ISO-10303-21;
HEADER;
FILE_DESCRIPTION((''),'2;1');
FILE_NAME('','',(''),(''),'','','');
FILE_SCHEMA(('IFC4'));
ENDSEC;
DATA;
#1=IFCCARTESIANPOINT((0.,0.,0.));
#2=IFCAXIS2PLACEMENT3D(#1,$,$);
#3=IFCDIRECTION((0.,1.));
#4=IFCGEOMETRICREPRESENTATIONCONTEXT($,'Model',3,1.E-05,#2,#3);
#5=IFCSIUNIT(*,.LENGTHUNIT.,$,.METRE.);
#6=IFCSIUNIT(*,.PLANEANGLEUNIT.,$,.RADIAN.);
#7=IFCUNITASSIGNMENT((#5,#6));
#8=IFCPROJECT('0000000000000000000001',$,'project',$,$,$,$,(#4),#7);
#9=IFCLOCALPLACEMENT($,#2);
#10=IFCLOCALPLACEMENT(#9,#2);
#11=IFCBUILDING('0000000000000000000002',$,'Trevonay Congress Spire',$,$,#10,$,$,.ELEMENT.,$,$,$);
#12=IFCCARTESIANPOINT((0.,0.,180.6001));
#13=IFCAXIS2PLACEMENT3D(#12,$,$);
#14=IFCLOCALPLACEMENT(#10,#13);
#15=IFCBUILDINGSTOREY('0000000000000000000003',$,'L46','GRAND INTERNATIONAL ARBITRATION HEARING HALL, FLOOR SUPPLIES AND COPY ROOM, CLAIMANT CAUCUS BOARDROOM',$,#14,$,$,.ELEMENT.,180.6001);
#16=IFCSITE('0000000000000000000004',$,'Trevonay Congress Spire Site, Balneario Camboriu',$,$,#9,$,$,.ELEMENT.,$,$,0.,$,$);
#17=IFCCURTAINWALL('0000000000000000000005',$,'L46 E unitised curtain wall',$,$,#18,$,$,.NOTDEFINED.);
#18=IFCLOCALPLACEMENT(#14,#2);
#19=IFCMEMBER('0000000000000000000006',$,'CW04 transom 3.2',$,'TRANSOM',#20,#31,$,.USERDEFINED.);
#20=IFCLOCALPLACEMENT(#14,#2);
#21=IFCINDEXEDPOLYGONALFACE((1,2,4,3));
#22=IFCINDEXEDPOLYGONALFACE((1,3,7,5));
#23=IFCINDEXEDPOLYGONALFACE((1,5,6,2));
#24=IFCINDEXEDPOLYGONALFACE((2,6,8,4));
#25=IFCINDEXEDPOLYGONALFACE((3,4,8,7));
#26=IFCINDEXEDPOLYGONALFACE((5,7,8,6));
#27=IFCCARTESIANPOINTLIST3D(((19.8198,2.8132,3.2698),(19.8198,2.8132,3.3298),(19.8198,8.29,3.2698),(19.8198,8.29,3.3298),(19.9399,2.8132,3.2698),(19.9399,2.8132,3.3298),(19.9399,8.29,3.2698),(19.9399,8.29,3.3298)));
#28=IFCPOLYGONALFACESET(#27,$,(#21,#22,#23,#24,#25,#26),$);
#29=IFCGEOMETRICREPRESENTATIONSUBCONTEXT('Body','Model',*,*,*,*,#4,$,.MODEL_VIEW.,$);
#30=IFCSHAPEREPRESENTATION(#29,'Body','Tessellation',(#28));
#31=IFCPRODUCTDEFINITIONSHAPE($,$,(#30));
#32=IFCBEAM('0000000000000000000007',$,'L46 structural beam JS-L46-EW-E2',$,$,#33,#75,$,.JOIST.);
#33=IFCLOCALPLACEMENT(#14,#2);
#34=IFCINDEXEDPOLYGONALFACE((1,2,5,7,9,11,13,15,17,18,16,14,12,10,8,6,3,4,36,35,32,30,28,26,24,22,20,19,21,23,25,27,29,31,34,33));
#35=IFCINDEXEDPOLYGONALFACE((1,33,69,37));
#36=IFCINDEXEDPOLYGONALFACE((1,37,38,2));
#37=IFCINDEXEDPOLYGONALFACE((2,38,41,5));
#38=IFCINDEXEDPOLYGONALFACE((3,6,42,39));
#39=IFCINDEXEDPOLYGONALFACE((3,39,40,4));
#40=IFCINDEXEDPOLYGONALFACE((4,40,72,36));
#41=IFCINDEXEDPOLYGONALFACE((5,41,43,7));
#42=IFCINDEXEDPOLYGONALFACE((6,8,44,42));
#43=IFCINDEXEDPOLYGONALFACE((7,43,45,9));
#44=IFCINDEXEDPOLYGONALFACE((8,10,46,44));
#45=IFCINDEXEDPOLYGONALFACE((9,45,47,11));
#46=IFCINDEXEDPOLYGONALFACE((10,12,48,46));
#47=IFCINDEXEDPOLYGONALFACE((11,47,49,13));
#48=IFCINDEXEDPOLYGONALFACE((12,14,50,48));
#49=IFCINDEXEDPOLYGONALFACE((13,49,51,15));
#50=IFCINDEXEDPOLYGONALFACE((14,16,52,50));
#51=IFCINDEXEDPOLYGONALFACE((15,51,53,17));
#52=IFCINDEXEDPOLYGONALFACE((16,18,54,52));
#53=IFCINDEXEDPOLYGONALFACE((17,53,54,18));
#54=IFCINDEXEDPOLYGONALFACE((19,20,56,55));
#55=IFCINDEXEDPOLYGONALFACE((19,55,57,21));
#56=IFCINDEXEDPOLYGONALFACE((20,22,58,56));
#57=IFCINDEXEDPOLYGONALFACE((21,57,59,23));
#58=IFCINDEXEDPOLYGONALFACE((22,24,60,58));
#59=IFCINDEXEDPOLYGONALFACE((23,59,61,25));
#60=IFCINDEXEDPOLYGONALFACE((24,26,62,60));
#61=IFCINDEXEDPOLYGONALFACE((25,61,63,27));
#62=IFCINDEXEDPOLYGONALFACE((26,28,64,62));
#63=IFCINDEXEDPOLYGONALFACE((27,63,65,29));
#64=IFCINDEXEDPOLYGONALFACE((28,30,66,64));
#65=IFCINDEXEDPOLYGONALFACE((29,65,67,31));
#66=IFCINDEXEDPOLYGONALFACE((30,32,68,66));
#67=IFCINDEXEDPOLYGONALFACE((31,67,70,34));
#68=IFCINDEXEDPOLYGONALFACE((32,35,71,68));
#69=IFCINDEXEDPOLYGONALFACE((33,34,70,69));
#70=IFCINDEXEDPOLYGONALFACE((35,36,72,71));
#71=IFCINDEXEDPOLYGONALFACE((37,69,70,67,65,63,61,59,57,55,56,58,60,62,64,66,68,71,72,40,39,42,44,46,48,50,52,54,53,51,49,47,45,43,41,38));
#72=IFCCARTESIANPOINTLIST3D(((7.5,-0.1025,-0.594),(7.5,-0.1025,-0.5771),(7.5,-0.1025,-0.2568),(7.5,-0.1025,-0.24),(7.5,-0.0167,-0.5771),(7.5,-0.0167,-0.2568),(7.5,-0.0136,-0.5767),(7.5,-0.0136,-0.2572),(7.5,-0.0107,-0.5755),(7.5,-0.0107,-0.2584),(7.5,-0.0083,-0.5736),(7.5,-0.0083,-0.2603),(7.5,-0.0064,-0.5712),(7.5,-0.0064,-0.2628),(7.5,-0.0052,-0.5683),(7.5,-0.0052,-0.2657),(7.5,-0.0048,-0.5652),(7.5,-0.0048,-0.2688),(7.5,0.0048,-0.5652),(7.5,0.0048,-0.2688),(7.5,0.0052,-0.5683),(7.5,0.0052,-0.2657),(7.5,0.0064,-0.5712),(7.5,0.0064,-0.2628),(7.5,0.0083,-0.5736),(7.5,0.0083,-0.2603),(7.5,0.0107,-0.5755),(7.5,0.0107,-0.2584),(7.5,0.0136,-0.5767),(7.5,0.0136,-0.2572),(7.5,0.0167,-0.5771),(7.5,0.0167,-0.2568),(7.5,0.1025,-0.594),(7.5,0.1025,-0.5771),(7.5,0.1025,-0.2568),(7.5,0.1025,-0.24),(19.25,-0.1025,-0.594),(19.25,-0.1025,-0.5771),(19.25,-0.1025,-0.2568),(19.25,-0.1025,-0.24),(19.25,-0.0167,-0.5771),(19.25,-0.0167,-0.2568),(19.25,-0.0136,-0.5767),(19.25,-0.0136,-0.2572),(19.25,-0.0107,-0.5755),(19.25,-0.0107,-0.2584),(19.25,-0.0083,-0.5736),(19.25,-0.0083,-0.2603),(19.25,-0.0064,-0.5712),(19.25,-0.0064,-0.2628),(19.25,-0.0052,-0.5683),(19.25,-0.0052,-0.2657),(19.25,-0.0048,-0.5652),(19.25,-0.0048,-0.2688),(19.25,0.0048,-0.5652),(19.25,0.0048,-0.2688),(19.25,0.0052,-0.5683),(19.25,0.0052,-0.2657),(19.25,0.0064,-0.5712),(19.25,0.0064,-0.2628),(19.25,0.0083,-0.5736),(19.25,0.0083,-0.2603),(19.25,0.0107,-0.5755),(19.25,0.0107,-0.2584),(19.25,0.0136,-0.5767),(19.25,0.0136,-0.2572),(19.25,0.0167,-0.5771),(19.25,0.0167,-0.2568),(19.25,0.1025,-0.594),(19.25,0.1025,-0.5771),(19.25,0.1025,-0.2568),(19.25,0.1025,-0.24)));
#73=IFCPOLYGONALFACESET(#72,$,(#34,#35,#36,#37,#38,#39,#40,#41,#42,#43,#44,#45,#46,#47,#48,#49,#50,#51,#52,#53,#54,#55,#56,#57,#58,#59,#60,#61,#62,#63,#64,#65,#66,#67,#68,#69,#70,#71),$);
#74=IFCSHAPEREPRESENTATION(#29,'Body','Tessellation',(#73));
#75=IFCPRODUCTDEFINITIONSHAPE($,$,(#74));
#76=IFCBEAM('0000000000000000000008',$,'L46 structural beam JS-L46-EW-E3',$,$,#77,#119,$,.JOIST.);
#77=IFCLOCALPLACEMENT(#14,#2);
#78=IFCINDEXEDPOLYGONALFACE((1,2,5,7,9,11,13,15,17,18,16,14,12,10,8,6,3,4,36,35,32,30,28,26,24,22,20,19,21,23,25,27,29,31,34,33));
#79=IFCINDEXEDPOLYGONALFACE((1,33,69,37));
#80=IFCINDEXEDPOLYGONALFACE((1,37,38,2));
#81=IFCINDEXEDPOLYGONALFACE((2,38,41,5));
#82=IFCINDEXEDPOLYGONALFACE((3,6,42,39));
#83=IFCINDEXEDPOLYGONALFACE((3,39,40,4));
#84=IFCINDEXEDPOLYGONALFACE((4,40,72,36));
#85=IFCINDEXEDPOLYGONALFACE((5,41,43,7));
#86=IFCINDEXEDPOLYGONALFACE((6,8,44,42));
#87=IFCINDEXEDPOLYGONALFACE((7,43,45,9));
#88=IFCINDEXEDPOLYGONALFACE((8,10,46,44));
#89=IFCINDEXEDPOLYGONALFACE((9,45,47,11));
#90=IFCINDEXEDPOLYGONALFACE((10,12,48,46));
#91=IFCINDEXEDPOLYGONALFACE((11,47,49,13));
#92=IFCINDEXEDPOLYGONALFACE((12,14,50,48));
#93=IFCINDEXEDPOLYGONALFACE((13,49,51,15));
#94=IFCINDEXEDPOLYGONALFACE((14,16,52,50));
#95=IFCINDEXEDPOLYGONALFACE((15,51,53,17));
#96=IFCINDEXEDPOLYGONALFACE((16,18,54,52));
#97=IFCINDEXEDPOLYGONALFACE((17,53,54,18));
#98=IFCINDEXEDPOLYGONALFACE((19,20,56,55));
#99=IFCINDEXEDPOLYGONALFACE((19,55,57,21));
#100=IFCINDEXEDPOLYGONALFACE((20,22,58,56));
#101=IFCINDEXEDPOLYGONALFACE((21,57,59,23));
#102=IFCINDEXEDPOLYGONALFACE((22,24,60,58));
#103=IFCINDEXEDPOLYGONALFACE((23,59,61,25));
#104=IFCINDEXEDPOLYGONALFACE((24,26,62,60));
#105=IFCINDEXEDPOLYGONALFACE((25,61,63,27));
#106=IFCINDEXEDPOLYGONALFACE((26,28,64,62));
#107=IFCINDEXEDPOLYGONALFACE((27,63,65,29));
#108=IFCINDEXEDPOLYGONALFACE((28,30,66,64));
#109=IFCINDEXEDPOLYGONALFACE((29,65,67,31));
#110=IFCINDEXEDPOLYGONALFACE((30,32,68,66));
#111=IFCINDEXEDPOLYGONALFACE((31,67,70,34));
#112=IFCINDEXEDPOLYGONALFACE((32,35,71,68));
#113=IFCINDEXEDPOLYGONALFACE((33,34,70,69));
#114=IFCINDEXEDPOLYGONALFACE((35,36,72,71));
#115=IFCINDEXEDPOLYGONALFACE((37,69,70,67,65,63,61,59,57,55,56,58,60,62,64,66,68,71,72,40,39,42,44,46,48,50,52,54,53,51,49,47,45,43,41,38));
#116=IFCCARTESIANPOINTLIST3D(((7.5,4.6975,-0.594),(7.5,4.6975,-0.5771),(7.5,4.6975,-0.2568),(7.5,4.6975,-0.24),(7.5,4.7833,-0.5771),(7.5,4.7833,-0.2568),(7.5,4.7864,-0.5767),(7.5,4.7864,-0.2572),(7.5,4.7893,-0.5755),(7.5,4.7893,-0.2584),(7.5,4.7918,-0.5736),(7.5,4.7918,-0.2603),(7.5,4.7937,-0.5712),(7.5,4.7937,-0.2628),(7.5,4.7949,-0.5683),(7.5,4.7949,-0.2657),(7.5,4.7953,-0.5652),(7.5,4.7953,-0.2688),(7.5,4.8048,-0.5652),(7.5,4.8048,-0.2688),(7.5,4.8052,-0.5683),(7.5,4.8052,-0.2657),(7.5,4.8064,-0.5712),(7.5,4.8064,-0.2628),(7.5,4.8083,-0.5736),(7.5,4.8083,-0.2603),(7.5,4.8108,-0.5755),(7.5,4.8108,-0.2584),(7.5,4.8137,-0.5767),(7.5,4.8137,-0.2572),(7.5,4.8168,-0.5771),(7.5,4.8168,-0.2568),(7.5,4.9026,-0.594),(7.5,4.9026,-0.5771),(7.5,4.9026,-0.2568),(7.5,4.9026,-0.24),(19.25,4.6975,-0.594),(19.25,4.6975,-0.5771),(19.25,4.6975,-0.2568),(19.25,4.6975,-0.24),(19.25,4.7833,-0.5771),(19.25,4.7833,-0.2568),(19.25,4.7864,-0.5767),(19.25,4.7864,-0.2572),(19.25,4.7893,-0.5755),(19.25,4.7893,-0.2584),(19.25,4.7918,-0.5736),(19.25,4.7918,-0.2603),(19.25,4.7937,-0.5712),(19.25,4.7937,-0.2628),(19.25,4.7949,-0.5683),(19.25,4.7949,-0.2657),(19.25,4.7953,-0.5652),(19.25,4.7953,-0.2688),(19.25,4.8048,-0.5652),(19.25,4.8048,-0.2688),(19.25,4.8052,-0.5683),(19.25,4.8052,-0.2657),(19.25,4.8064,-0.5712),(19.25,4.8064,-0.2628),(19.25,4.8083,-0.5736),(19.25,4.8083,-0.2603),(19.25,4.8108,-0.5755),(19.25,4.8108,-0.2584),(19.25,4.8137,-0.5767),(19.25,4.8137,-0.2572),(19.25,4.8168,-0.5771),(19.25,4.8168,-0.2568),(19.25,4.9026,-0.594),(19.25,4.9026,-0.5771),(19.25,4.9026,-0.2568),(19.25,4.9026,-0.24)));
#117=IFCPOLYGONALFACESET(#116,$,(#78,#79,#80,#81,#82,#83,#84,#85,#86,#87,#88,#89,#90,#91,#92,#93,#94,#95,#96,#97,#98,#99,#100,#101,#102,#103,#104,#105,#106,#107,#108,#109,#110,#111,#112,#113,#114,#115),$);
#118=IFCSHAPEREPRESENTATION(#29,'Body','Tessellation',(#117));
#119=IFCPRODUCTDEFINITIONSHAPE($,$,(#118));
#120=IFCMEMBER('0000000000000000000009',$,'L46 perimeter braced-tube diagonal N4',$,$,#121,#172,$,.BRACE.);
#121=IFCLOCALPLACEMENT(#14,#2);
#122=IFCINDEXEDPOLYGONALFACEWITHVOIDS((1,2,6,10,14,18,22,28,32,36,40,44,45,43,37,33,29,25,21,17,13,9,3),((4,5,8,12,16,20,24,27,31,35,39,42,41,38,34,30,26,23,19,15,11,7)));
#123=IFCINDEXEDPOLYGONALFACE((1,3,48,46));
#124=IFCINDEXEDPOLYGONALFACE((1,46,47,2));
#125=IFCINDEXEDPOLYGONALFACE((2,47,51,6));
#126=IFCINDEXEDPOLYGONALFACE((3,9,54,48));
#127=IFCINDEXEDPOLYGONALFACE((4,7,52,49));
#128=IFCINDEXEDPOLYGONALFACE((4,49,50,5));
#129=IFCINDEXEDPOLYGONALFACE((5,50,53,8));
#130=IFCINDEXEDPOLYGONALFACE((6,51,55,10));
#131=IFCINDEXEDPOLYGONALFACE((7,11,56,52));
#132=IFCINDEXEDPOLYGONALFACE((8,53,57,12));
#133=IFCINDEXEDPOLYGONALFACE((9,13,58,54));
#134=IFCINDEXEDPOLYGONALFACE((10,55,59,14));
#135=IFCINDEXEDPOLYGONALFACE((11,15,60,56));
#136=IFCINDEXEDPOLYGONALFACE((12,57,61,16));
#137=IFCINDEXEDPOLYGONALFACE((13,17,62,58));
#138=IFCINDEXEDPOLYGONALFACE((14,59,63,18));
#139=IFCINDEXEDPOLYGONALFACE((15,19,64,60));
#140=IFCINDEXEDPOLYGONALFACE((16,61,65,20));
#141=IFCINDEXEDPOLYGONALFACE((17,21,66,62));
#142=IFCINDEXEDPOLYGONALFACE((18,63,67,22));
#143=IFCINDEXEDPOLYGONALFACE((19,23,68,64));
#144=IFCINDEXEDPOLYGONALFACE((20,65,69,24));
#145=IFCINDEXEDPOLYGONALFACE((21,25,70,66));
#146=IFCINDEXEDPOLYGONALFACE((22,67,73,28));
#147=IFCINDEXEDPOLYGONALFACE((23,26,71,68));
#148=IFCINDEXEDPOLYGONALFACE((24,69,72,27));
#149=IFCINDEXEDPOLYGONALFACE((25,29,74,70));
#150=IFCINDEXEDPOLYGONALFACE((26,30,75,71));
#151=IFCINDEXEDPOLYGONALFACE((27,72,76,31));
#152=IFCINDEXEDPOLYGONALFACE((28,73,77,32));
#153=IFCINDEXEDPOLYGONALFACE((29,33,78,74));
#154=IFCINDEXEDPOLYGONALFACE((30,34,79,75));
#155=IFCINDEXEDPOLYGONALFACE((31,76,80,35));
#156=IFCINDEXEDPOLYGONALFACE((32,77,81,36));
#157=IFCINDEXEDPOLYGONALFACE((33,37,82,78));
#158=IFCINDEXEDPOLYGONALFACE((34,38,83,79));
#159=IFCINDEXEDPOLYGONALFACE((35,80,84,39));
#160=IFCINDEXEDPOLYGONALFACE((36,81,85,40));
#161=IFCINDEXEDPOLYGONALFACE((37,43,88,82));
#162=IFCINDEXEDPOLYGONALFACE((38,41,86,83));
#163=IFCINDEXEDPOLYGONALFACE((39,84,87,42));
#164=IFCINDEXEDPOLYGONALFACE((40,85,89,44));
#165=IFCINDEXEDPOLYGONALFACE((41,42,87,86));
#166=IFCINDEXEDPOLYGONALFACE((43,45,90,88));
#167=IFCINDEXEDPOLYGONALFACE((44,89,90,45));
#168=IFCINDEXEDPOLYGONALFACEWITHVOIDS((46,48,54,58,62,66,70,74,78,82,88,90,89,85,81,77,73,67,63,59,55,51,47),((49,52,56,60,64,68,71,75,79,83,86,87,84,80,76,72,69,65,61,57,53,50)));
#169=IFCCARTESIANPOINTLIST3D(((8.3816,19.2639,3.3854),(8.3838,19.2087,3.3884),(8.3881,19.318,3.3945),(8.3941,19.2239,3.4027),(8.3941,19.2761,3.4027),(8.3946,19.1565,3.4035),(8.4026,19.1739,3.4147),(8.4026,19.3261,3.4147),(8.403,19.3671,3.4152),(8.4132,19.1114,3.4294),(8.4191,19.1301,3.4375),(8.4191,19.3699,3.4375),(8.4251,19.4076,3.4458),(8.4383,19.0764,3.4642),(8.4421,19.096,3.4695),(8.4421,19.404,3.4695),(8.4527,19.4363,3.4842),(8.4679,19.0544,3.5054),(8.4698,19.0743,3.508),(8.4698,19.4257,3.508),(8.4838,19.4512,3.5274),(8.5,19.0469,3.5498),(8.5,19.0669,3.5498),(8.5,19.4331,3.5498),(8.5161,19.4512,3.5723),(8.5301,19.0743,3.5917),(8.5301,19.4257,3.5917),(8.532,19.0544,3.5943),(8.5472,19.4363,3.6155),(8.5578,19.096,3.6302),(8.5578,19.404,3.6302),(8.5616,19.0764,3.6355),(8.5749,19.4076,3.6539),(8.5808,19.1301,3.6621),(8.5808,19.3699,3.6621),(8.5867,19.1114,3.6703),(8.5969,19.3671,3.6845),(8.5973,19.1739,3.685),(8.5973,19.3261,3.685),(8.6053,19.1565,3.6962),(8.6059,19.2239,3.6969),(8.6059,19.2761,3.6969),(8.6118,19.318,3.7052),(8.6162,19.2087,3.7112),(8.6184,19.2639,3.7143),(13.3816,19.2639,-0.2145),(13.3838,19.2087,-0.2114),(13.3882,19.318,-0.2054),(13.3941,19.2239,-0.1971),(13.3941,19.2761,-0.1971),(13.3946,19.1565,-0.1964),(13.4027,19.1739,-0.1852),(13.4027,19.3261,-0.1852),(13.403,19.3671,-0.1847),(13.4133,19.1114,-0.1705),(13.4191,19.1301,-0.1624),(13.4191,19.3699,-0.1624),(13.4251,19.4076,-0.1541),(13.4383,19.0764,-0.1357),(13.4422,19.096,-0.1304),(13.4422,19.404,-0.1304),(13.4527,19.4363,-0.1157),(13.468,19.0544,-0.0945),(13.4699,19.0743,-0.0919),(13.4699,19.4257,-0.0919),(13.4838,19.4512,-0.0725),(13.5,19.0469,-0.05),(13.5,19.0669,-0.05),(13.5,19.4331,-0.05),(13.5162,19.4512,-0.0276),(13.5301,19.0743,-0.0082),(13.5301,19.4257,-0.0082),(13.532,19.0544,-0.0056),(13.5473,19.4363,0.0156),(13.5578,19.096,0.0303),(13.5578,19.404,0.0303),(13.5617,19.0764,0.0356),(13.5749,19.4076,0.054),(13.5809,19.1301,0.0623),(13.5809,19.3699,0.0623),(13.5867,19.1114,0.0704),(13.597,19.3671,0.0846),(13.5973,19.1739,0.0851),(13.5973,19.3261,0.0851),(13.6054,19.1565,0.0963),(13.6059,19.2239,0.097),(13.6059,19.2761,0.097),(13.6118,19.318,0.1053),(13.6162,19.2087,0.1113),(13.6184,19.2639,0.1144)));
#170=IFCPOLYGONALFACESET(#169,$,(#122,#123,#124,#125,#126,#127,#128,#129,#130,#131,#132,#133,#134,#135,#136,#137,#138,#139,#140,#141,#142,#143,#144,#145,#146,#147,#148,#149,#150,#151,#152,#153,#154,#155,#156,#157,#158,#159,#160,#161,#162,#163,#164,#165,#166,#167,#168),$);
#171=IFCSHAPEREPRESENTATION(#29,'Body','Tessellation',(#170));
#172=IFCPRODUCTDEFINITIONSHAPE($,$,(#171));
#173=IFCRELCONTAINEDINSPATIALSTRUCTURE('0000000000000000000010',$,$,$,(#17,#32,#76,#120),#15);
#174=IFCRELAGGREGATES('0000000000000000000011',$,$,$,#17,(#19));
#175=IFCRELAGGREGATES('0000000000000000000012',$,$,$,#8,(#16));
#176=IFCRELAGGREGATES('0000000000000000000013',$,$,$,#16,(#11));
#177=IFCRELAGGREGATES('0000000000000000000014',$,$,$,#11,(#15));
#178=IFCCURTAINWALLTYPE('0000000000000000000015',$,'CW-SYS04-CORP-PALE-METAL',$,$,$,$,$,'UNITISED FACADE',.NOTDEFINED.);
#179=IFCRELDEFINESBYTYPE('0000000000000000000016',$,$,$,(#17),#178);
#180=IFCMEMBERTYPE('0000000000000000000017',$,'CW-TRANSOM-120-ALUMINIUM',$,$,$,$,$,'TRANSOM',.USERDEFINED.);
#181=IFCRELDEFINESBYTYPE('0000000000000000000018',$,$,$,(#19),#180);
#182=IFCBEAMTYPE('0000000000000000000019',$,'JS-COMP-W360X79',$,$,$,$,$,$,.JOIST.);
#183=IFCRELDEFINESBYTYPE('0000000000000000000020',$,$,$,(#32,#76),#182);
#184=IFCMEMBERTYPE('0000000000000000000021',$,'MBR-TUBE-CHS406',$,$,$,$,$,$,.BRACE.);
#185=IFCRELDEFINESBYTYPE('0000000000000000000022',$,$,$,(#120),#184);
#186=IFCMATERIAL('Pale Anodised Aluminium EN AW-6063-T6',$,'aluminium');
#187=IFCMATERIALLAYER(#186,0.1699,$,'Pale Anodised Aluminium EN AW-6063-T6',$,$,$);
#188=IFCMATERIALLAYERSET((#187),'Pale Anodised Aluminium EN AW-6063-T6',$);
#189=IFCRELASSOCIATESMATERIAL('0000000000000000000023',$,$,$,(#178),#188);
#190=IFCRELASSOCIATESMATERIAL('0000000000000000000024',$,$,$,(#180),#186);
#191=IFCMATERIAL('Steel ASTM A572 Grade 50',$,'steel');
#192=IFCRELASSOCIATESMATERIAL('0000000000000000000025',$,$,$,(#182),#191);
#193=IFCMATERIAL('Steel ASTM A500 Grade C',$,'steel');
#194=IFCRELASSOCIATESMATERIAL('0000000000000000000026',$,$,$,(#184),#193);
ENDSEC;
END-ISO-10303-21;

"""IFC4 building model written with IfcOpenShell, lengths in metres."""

from ifc_helpers import new_model, si_unit, direction, frame, origin, origin_2d, place, context, subcontext, project, spatial, rectangle, hollow_circle, i_section, extrude, material, layer, layer_set, material_profile, profile_set, type_object, element, aggregate, save


model = new_model("IFC4")

# Units and contexts
model_context = context("Model", 3, precision=1e-05, world=origin(), true_north=direction((0.0, 1.0)))
body_context = subcontext(model_context, "Body", "Model", "MODEL_VIEW")
ifc_project = project(units=[si_unit("LENGTHUNIT", "METRE"), si_unit("PLANEANGLEUNIT", "RADIAN")], contexts=[model_context])

# Site, building, storey
site_placement = place(None, origin())
site = spatial("IfcSite", under=ifc_project, at=site_placement, Name="Trevonay Congress Spire Site, Balneario Camboriu", CompositionType="ELEMENT", RefElevation=0.0)
building_placement = place(site_placement, origin())
building = spatial("IfcBuilding", under=site, at=building_placement, Name="Trevonay Congress Spire", CompositionType="ELEMENT")
storey_placement = place(building_placement, frame((0.0, 0.0, 180.6001)))
storey = spatial("IfcBuildingStorey", under=building, at=storey_placement, Name="L46", Description="GRAND INTERNATIONAL ARBITRATION HEARING HALL, FLOOR SUPPLIES AND COPY ROOM, CLAIMANT CAUCUS BOARDROOM", CompositionType="ELEMENT", Elevation=180.6001)

# Shared definitions
ifc_material_1 = material(Name="Steel ASTM A572 Grade 50", Category="steel")

# Shared definitions
ifc_material_2 = material(Name="Pale Anodised Aluminium EN AW-6063-T6", Category="aluminium")
ifc_layer_1 = layer(ifc_material_2, 0.1699, Name="Pale Anodised Aluminium EN AW-6063-T6")
ifc_layer_set_1 = layer_set([ifc_layer_1], Name="Pale Anodised Aluminium EN AW-6063-T6")
curtain_wall_type = type_object("IfcCurtainWallType", Name="CW-SYS04-CORP-PALE-METAL", ElementType="UNITISED FACADE", PredefinedType="NOTDEFINED", material=ifc_layer_set_1)

# Curtain wall, member
curtain_wall_1_placement = place(storey_placement, origin())
curtain_wall_1 = element("IfcCurtainWall", 1, at=curtain_wall_1_placement, inside=storey, type_object=curtain_wall_type, Name="L46 E unitised curtain wall", PredefinedType="NOTDEFINED")
ifc_material_profile_1 = material_profile(ifc_material_2, rectangle(XDim=0.1201, YDim=0.0601, at=origin_2d()), Name="CW-TRANSOM-120-ALUMINIUM")
ifc_profile_set_1 = profile_set([ifc_material_profile_1], Name="Pale Anodised Aluminium EN AW-6063-T6")
member_type_1 = type_object("IfcMemberType", Name="CW-TRANSOM-120-ALUMINIUM", ElementType="TRANSOM", PredefinedType="USERDEFINED", material=ifc_profile_set_1)
member_1_placement = place(storey_placement, frame((19.8799, 2.8132, 3.2998), z_axis=(0.0, 1.0, 0.0), x_axis=(-1.0, 0.0, 0.0)))
member_1 = element("IfcMember", 2, at=member_1_placement, type_object=member_type_1, Name="CW04 transom 3.2", ObjectType="TRANSOM", PredefinedType="USERDEFINED", context=body_context, shape_type="SweptSolid", body=[
    extrude(rectangle(XDim=0.1201, YDim=0.0601, at=origin_2d()), origin(), (0.0, 0.0, 1.0), 5.4768),
])

# Beams
ifc_material_profile_2 = material_profile(ifc_material_1, i_section(OverallWidth=0.2051, OverallDepth=0.354, WebThickness=0.0095, FlangeThickness=0.0168, FilletRadius=0.012, at=origin_2d()), Name="W360x79")
ifc_profile_set_2 = profile_set([ifc_material_profile_2], Name="Steel ASTM A572 Grade 50")
beam_type_1 = type_object("IfcBeamType", Name="JS-COMP-W360X79", PredefinedType="JOIST", material=ifc_profile_set_2)
for number, where, z_axis, x_axis, name in (
    (3, (7.5, 0.0, -0.417), (1.0, 0.0, 0.0), (0.0, 1.0, 0.0), "L46 structural beam JS-L46-EW-E2"),
    (4, (7.5, 4.8, -0.417), (1.0, 0.0, 0.0), (0.0, 1.0, 0.0), "L46 structural beam JS-L46-EW-E3"),
):
    element("IfcBeam", number, at=place(storey_placement, frame(where, z_axis=z_axis, x_axis=x_axis)), inside=storey, type_object=beam_type_1, Name=name, PredefinedType="JOIST", context=body_context, shape_type="SweptSolid", body=[
        extrude(i_section(OverallWidth=0.2051, OverallDepth=0.354, WebThickness=0.0095, FlangeThickness=0.0168, FilletRadius=0.012, at=origin_2d()), origin(), (0.0, 0.0, 1.0), 11.75),
    ])

# Member
ifc_material_3 = material(Name="Steel ASTM A500 Grade C", Category="steel")
ifc_material_profile_3 = material_profile(ifc_material_3, hollow_circle(Radius=0.2031, WallThickness=0.02, at=origin_2d()), Name="CHS 406.4x20")
ifc_profile_set_3 = profile_set([ifc_material_profile_3], Name="Steel ASTM A500 Grade C")
member_type_2 = type_object("IfcMemberType", Name="MBR-TUBE-CHS406", PredefinedType="BRACE", material=ifc_profile_set_3)
for number, where, z_axis, x_axis, name in (
    (5, (13.5, 19.25, -0.05), (-0.811546, 0.0, 0.584289), (0.0, -1.0, 0.0), "L46 perimeter braced-tube diagonal N4"),
):
    element("IfcMember", number, at=place(storey_placement, frame(where, z_axis=z_axis, x_axis=x_axis)), inside=storey, type_object=member_type_2, Name=name, PredefinedType="BRACE", context=body_context, shape_type="SweptSolid", body=[
        extrude(hollow_circle(Radius=0.2031, WallThickness=0.02, at=origin_2d()), origin(), (0.0, 0.0, 1.0), 6.1611),
    ])

aggregate(curtain_wall_1, [member_1])

save(model, "model.ifc")
